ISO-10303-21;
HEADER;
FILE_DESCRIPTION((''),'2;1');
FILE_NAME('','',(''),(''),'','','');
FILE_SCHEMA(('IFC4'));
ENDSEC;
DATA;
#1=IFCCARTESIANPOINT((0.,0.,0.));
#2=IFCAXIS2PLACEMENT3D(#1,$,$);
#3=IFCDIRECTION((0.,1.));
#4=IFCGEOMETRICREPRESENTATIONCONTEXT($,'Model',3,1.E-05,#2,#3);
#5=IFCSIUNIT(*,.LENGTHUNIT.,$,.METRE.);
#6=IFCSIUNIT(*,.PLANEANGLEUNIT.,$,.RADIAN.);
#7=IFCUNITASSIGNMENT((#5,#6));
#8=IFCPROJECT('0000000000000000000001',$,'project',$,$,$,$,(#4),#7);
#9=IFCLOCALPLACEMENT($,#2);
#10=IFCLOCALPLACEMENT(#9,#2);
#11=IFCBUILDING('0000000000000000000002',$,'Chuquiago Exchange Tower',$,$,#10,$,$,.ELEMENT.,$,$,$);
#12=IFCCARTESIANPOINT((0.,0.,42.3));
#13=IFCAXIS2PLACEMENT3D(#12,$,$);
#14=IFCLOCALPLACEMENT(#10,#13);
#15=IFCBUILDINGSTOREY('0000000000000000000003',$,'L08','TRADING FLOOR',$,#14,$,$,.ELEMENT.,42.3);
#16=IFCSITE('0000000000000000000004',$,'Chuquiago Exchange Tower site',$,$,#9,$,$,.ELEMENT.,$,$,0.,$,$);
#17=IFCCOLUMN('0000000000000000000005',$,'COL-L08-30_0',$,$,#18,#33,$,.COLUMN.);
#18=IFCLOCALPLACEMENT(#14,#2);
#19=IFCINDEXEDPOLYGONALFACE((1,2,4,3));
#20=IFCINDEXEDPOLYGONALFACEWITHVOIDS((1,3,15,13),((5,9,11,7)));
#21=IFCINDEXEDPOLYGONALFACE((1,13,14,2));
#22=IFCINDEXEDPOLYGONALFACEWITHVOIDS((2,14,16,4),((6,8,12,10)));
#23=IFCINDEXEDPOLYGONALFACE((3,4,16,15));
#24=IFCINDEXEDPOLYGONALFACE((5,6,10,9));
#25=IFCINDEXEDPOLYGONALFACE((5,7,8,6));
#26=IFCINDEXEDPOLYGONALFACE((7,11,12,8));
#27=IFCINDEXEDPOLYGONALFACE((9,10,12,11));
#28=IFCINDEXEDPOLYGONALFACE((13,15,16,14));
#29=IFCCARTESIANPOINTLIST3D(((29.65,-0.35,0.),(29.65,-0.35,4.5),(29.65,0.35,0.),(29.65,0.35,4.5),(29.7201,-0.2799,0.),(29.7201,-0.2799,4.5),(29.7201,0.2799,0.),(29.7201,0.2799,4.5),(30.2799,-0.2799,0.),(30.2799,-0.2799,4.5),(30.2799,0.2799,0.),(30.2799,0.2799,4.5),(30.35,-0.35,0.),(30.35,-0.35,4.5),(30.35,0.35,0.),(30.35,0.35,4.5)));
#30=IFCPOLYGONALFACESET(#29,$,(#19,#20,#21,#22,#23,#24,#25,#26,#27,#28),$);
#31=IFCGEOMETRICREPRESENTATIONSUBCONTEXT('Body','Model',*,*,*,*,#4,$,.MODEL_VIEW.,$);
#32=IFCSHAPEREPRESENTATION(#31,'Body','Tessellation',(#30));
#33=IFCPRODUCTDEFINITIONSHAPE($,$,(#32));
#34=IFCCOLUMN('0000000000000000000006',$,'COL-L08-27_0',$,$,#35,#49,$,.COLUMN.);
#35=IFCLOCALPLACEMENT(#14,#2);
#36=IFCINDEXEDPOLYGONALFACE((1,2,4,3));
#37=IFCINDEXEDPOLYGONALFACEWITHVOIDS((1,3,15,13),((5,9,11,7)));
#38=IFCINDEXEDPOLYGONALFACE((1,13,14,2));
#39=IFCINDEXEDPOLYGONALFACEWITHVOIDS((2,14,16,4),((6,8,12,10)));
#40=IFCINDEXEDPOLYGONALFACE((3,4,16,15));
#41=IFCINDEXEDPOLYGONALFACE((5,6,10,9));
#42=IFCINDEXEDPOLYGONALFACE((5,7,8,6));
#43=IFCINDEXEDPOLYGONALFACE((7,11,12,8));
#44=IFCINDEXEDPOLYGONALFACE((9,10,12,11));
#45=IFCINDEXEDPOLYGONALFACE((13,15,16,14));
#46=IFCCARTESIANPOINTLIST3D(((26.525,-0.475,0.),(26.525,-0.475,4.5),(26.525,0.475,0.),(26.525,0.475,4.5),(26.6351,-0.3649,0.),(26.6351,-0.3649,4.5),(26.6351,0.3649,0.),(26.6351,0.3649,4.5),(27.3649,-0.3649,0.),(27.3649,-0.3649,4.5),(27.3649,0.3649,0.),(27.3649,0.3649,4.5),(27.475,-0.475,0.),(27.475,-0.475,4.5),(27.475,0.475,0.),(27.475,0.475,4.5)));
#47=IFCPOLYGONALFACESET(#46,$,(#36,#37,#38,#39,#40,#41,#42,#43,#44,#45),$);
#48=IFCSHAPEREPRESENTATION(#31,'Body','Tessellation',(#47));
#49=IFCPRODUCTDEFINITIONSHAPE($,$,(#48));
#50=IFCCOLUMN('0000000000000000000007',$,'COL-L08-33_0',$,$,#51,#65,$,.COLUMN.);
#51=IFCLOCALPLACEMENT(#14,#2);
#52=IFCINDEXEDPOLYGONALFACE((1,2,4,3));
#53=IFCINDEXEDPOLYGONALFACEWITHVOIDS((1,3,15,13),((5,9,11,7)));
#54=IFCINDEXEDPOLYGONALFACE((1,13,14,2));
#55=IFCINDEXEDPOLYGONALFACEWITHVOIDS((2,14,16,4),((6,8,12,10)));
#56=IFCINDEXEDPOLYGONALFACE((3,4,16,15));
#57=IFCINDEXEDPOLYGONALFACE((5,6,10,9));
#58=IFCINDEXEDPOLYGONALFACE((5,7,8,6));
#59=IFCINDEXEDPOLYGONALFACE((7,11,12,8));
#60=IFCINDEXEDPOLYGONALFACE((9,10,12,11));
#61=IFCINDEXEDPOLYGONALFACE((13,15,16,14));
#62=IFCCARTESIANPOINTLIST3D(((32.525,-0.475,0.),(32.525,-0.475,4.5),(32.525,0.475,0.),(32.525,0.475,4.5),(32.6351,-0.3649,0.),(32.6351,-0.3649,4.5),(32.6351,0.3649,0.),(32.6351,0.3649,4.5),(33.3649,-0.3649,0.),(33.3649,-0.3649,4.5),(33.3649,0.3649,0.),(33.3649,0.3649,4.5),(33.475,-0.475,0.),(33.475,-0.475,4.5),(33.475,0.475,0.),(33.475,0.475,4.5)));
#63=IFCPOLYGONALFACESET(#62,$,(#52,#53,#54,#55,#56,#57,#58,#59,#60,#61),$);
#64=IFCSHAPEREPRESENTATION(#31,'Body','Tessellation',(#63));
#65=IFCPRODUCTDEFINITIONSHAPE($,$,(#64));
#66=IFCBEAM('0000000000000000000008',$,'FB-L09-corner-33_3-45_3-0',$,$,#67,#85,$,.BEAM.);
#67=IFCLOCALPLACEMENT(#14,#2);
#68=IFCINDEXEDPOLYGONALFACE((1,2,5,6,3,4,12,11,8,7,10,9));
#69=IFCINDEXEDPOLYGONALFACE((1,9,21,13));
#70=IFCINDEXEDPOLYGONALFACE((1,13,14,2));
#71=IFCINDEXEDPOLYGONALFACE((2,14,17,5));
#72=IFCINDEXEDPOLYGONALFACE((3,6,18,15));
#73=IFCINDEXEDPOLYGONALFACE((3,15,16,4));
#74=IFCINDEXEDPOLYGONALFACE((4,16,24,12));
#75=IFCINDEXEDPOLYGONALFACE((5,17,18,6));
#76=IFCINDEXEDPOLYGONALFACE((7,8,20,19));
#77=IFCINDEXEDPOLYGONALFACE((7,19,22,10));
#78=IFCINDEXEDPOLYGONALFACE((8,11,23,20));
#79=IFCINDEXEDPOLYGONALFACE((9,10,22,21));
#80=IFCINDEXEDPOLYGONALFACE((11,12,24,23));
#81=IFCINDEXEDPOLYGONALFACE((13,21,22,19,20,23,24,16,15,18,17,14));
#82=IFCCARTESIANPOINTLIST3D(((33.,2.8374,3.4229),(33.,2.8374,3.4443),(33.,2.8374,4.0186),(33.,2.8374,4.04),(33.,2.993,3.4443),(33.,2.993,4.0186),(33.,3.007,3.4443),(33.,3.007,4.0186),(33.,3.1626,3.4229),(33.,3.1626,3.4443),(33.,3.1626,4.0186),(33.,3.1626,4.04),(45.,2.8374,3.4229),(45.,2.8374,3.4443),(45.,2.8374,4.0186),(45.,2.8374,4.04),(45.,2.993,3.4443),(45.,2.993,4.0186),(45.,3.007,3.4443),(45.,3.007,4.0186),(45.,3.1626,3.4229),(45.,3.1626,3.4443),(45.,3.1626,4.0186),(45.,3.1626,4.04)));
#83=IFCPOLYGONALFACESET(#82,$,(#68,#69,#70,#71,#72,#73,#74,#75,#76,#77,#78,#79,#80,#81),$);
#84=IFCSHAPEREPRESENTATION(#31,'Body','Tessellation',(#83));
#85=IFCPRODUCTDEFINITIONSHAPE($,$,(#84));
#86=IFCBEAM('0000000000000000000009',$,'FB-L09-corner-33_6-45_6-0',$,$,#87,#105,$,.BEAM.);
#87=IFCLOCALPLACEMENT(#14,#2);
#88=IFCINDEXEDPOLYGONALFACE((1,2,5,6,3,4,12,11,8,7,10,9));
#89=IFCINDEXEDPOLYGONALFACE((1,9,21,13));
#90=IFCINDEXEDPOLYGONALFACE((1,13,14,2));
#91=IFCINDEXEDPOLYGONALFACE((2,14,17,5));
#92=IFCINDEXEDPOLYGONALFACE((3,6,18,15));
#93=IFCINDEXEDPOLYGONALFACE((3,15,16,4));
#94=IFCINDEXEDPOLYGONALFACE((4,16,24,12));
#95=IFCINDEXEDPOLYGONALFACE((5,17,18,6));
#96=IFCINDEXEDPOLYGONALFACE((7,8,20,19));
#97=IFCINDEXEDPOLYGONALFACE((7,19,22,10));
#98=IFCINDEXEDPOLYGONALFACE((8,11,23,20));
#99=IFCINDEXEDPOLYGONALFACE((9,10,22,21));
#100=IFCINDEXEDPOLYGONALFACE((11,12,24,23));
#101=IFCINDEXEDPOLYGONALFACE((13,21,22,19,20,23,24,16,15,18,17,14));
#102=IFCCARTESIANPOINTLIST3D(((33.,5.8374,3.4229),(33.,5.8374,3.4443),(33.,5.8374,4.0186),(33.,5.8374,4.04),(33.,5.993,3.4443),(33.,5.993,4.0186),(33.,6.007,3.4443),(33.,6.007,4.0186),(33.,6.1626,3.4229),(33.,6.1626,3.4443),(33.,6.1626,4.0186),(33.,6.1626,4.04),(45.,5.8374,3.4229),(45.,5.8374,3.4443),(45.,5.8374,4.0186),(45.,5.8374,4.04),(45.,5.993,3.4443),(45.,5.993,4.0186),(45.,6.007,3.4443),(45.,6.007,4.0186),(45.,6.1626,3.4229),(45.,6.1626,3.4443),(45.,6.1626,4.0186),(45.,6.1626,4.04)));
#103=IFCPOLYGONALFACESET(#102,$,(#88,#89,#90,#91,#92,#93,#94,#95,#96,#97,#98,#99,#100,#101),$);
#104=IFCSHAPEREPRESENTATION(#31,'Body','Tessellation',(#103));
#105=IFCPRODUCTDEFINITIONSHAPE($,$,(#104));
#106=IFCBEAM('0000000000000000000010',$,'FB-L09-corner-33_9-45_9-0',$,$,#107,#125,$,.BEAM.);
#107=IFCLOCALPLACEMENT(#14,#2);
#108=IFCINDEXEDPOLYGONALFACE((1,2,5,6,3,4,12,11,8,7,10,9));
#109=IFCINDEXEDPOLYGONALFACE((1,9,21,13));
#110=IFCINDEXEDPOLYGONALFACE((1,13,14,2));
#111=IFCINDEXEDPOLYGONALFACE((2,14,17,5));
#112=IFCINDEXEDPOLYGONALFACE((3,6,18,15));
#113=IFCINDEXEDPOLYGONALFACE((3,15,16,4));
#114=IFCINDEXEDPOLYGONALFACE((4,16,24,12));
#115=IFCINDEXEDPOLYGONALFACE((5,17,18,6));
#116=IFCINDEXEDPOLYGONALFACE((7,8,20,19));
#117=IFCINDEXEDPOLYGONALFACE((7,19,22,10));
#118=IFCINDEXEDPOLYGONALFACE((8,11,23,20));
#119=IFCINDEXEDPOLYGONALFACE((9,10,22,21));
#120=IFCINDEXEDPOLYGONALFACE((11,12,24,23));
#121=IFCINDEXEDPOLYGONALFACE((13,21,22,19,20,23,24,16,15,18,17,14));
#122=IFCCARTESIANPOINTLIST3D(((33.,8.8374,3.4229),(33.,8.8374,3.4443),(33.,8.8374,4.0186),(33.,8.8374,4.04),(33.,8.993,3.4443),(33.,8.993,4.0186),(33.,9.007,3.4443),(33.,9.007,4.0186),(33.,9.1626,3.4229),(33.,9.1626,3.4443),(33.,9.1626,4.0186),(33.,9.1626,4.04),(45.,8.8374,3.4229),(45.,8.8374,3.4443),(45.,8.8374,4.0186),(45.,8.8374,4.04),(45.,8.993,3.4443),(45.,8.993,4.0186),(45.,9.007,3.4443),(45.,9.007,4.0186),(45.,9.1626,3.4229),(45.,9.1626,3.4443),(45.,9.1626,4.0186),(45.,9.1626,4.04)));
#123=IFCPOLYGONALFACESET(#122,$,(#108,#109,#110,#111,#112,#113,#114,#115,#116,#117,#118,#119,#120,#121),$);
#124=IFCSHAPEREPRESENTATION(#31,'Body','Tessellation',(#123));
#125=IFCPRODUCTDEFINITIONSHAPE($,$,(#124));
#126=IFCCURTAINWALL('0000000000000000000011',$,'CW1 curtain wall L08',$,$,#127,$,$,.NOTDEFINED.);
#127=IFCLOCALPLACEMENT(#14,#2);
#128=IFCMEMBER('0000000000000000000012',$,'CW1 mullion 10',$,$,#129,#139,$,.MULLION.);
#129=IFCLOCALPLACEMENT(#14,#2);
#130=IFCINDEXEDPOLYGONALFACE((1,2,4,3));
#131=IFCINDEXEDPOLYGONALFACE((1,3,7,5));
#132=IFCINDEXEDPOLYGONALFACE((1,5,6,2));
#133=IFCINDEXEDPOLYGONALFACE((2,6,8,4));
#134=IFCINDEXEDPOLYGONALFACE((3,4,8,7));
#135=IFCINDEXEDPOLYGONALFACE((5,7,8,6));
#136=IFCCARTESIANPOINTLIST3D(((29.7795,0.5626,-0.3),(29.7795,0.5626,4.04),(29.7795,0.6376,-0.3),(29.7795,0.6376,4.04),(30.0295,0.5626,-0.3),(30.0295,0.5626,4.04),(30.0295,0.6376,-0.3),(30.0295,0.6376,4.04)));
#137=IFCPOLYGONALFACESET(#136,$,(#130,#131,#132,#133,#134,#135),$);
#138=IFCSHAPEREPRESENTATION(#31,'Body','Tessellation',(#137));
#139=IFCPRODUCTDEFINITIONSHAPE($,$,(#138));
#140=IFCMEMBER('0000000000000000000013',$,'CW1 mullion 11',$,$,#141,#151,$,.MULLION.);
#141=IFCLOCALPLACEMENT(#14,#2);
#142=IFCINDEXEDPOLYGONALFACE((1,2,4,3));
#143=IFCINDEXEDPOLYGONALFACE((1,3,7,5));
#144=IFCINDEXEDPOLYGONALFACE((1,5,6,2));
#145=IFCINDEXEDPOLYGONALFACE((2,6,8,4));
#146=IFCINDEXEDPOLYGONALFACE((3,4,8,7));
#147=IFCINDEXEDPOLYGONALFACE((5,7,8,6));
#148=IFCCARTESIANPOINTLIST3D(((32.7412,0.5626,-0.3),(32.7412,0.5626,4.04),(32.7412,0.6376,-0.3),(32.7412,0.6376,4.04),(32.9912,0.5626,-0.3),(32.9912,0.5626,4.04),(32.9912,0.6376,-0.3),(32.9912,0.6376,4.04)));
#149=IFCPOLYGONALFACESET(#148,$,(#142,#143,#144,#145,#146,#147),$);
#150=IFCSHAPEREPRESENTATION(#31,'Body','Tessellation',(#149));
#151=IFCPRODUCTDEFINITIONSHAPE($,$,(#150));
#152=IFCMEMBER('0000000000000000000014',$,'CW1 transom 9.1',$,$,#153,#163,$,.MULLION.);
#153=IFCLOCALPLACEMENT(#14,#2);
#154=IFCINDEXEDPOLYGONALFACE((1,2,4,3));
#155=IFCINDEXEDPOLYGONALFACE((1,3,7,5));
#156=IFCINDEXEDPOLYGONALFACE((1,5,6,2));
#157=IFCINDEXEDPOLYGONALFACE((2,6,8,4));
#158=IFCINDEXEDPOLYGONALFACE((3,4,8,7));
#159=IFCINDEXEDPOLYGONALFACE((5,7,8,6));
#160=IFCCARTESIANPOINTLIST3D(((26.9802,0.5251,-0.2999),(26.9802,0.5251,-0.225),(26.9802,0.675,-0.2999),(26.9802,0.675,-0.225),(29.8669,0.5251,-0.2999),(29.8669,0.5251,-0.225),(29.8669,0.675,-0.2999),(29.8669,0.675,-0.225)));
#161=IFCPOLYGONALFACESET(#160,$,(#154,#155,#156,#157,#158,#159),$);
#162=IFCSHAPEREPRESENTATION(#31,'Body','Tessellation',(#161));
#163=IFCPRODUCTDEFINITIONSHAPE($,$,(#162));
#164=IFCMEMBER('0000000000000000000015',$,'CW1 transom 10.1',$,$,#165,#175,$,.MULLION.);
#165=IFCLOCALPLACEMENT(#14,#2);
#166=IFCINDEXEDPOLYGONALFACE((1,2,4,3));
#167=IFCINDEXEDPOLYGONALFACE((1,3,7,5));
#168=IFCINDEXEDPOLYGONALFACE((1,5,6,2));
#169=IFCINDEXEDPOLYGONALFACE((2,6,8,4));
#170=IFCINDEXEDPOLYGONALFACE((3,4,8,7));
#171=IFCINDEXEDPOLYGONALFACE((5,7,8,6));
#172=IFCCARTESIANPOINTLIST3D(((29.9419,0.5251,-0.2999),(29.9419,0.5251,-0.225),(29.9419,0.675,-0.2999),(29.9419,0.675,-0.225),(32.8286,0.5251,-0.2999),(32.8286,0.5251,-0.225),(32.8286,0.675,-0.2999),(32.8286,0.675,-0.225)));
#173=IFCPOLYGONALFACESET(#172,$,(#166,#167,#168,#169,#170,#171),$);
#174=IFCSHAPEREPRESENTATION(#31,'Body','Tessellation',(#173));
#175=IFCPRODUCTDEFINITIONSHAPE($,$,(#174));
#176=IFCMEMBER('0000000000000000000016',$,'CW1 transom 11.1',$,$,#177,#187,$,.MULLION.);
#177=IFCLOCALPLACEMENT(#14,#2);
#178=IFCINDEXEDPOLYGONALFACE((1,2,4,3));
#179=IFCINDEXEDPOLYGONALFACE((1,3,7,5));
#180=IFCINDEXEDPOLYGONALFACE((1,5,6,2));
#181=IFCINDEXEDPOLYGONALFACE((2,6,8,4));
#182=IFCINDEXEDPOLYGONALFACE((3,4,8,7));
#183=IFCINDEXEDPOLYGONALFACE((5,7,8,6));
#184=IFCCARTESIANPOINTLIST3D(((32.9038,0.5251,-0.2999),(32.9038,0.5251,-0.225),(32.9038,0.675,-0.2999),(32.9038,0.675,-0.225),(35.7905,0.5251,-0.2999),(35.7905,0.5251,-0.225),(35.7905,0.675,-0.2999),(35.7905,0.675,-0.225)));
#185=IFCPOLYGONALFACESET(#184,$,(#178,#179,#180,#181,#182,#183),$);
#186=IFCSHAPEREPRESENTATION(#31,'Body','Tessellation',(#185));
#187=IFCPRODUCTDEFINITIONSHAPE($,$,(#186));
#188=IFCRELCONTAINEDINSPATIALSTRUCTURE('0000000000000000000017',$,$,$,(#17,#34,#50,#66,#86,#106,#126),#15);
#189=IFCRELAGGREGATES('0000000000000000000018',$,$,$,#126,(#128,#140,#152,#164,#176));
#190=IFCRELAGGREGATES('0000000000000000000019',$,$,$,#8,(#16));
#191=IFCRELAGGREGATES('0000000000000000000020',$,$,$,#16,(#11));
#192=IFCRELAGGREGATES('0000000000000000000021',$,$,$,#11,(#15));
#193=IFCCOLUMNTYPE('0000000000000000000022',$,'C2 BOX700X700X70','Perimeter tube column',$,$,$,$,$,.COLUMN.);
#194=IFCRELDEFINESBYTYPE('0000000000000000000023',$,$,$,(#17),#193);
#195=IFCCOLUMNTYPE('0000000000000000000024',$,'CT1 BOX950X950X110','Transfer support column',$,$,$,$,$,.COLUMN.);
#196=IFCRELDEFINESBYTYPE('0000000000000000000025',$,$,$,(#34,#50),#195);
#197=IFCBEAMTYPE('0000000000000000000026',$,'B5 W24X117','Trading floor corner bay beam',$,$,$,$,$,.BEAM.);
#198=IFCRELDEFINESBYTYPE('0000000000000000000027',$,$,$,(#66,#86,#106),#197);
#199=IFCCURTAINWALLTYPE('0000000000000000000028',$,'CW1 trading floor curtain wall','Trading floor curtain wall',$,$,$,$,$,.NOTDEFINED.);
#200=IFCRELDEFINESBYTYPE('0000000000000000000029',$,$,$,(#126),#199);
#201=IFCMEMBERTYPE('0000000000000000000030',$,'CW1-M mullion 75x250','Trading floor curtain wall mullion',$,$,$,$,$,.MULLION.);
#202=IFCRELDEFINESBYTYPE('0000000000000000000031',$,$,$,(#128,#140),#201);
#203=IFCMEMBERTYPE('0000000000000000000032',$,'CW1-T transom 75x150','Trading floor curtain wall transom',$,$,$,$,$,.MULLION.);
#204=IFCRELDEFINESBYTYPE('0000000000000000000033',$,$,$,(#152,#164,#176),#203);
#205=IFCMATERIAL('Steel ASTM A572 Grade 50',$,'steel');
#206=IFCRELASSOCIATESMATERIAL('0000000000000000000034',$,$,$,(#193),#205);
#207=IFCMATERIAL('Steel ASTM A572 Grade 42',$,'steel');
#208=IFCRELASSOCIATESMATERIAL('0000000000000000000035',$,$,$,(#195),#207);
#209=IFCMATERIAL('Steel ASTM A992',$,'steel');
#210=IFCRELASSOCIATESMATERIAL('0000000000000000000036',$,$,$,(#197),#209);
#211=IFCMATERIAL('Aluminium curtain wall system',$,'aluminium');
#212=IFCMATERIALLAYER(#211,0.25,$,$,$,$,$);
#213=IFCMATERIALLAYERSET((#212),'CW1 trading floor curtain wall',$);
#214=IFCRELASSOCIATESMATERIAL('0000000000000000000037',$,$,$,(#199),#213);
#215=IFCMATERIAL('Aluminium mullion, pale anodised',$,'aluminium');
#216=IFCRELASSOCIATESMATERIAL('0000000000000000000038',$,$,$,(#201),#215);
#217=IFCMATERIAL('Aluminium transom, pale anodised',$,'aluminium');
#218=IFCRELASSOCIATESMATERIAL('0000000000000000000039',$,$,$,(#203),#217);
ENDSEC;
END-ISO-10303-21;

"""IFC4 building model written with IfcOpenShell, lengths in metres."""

from ifc_helpers import new_model, si_unit, direction, frame, origin, origin_2d, place, context, subcontext, project, spatial, rectangle, hollow_rectangle, i_section, extrude, material, layer, layer_set, material_profile, profile_set, type_object, element, aggregate, save


model = new_model("IFC4")

# Units and contexts
model_context = context("Model", 3, precision=1e-05, world=origin(), true_north=direction((0.0, 1.0)))
body_context = subcontext(model_context, "Body", "Model", "MODEL_VIEW")
ifc_project = project(units=[si_unit("LENGTHUNIT", "METRE"), si_unit("PLANEANGLEUNIT", "RADIAN")], contexts=[model_context])

# Site, building, storey
site_placement = place(None, origin())
site = spatial("IfcSite", under=ifc_project, at=site_placement, Name="Chuquiago Exchange Tower site", CompositionType="ELEMENT", RefElevation=0.0)
building_placement = place(site_placement, origin())
building = spatial("IfcBuilding", under=site, at=building_placement, Name="Chuquiago Exchange Tower", CompositionType="ELEMENT")
storey_placement = place(building_placement, frame((0.0, 0.0, 42.3)))
storey = spatial("IfcBuildingStorey", under=building, at=storey_placement, Name="L08", Description="TRADING FLOOR", CompositionType="ELEMENT", Elevation=42.3)

# Columns
ifc_material_1 = material(Name="Steel ASTM A572 Grade 50", Category="steel")
ifc_material_profile_1 = material_profile(ifc_material_1, hollow_rectangle(XDim=0.7, YDim=0.7, WallThickness=0.0701, at=origin_2d()), Name="BOX700X700X70")
ifc_profile_set_1 = profile_set([ifc_material_profile_1], Name="Steel ASTM A572 Grade 50")
column_type_1 = type_object("IfcColumnType", Name="C2 BOX700X700X70", Description="Perimeter tube column", PredefinedType="COLUMN", material=ifc_profile_set_1)
column_placement = place(storey_placement, frame((30.0, 0.0, 0.0), z_axis=(0.0, 0.0, 1.0), x_axis=(0.0, -1.0, 0.0)))
element("IfcColumn", 1, at=column_placement, inside=storey, type_object=column_type_1, Name="COL-L08-30_0", PredefinedType="COLUMN", context=body_context, shape_type="SweptSolid", body=[
    extrude(hollow_rectangle(XDim=0.7, YDim=0.7, WallThickness=0.0701, at=origin_2d()), origin(), (0.0, 0.0, 1.0), 4.5),
])
ifc_material_2 = material(Name="Steel ASTM A572 Grade 42", Category="steel")
ifc_material_profile_2 = material_profile(ifc_material_2, hollow_rectangle(XDim=0.95, YDim=0.95, WallThickness=0.1101, at=origin_2d()), Name="BOX950X950X110")
ifc_profile_set_2 = profile_set([ifc_material_profile_2], Name="Steel ASTM A572 Grade 42")
column_type_2 = type_object("IfcColumnType", Name="CT1 BOX950X950X110", Description="Transfer support column", PredefinedType="COLUMN", material=ifc_profile_set_2)
for number, where, z_axis, x_axis, name in (
    (2, (27.0, 0.0, 0.0), (0.0, 0.0, 1.0), (0.0, -1.0, 0.0), "COL-L08-27_0"),
    (3, (33.0, 0.0, 0.0), (0.0, 0.0, 1.0), (0.0, -1.0, 0.0), "COL-L08-33_0"),
):
    element("IfcColumn", number, at=place(storey_placement, frame(where, z_axis=z_axis, x_axis=x_axis)), inside=storey, type_object=column_type_2, Name=name, PredefinedType="COLUMN", context=body_context, shape_type="SweptSolid", body=[
        extrude(hollow_rectangle(XDim=0.95, YDim=0.95, WallThickness=0.1101, at=origin_2d()), origin(), (0.0, 0.0, 1.0), 4.5),
    ])

# Beams
ifc_material_3 = material(Name="Steel ASTM A992", Category="steel")
ifc_material_profile_3 = material_profile(ifc_material_3, i_section(OverallWidth=0.3252, OverallDepth=0.6172, WebThickness=0.0139, FlangeThickness=0.0215, at=origin_2d()), Name="W24X117")
ifc_profile_set_3 = profile_set([ifc_material_profile_3], Name="Steel ASTM A992")
beam_type_1 = type_object("IfcBeamType", Name="B5 W24X117", Description="Trading floor corner bay beam", PredefinedType="BEAM", material=ifc_profile_set_3)
for number, where, z_axis, x_axis, name in (
    (4, (33.0, 3.0, 3.7314), (1.0, 0.0, 0.0), (0.0, 1.0, 0.0), "FB-L09-corner-33_3-45_3-0"),
    (5, (33.0, 6.0, 3.7314), (1.0, 0.0, 0.0), (0.0, 1.0, 0.0), "FB-L09-corner-33_6-45_6-0"),
    (6, (33.0, 9.0, 3.7314), (1.0, 0.0, 0.0), (0.0, 1.0, 0.0), "FB-L09-corner-33_9-45_9-0"),
):
    element("IfcBeam", number, at=place(storey_placement, frame(where, z_axis=z_axis, x_axis=x_axis)), inside=storey, type_object=beam_type_1, Name=name, PredefinedType="BEAM", context=body_context, shape_type="SweptSolid", body=[
        extrude(i_section(OverallWidth=0.3252, OverallDepth=0.6172, WebThickness=0.0139, FlangeThickness=0.0215, at=origin_2d()), origin(), (0.0, 0.0, 1.0), 12.0),
    ])

# Curtain wall, members
ifc_material_4 = material(Name="Aluminium curtain wall system", Category="aluminium")
ifc_layer_1 = layer(ifc_material_4, 0.25)
ifc_layer_set_1 = layer_set([ifc_layer_1], Name="CW1 trading floor curtain wall")
curtain_wall_type = type_object("IfcCurtainWallType", Name="CW1 trading floor curtain wall", Description="Trading floor curtain wall", PredefinedType="NOTDEFINED", material=ifc_layer_set_1)
curtain_wall_placement = place(storey_placement, origin())
curtain_wall = element("IfcCurtainWall", 7, at=curtain_wall_placement, inside=storey, type_object=curtain_wall_type, Name="CW1 curtain wall L08", PredefinedType="NOTDEFINED")
ifc_material_5 = material(Name="Aluminium mullion, pale anodised", Category="aluminium")
ifc_material_profile_4 = material_profile(ifc_material_5, rectangle(XDim=0.075, YDim=0.25, at=origin_2d()), Name="AL 75x250")
ifc_profile_set_4 = profile_set([ifc_material_profile_4], Name="Aluminium mullion, pale anodised")
member_type_1 = type_object("IfcMemberType", Name="CW1-M mullion 75x250", Description="Trading floor curtain wall mullion", PredefinedType="MULLION", material=ifc_profile_set_4)
member_1_placement = place(storey_placement, frame((29.9045, 0.6001, -0.3), z_axis=(0.0, 0.0, 1.0), x_axis=(0.0, 1.0, 0.0)))
member_1 = element("IfcMember", 8, at=member_1_placement, type_object=member_type_1, Name="CW1 mullion 10", PredefinedType="MULLION", context=body_context, shape_type="SweptSolid", body=[
    extrude(rectangle(XDim=0.075, YDim=0.25, at=origin_2d()), origin(), (0.0, 0.0, 1.0), 4.3401),
])
member_2_placement = place(storey_placement, frame((32.8662, 0.6001, -0.3), z_axis=(0.0, 0.0, 1.0), x_axis=(0.0, 1.0, 0.0)))
member_2 = element("IfcMember", 9, at=member_2_placement, type_object=member_type_1, Name="CW1 mullion 11", PredefinedType="MULLION", context=body_context, shape_type="SweptSolid", body=[
    extrude(rectangle(XDim=0.075, YDim=0.25, at=origin_2d()), origin(), (0.0, 0.0, 1.0), 4.3401),
])
ifc_material_6 = material(Name="Aluminium transom, pale anodised", Category="aluminium")
ifc_material_profile_5 = material_profile(ifc_material_6, rectangle(XDim=0.1499, YDim=0.075, at=origin_2d()), Name="AL 150x75")
ifc_profile_set_5 = profile_set([ifc_material_profile_5], Name="Aluminium transom, pale anodised")
member_type_2 = type_object("IfcMemberType", Name="CW1-T transom 75x150", Description="Trading floor curtain wall transom", PredefinedType="MULLION", material=ifc_profile_set_5)
member_3_placement = place(storey_placement, frame((26.9802, 0.6001, -0.2625), z_axis=(1.0, 0.0, 0.0), x_axis=(0.0, 1.0, 0.0)))
member_3 = element("IfcMember", 10, at=member_3_placement, type_object=member_type_2, Name="CW1 transom 9.1", PredefinedType="MULLION", context=body_context, shape_type="SweptSolid", body=[
    extrude(rectangle(XDim=0.1499, YDim=0.075, at=origin_2d()), origin(), (0.0, 0.0, 1.0), 2.8867),
])
member_4_placement = place(storey_placement, frame((29.9419, 0.6001, -0.2625), z_axis=(1.0, 0.0, 0.0), x_axis=(0.0, 1.0, 0.0)))
member_4 = element("IfcMember", 11, at=member_4_placement, type_object=member_type_2, Name="CW1 transom 10.1", PredefinedType="MULLION", context=body_context, shape_type="SweptSolid", body=[
    extrude(rectangle(XDim=0.1499, YDim=0.075, at=origin_2d()), origin(), (0.0, 0.0, 1.0), 2.8867),
])
member_5_placement = place(storey_placement, frame((32.9038, 0.6001, -0.2625), z_axis=(1.0, 0.0, 0.0), x_axis=(0.0, 1.0, 0.0)))
member_5 = element("IfcMember", 12, at=member_5_placement, type_object=member_type_2, Name="CW1 transom 11.1", PredefinedType="MULLION", context=body_context, shape_type="SweptSolid", body=[
    extrude(rectangle(XDim=0.1499, YDim=0.075, at=origin_2d()), origin(), (0.0, 0.0, 1.0), 2.8867),
])

aggregate(curtain_wall, [member_1, member_2, member_3, member_4, member_5])

save(model, "model.ifc")
